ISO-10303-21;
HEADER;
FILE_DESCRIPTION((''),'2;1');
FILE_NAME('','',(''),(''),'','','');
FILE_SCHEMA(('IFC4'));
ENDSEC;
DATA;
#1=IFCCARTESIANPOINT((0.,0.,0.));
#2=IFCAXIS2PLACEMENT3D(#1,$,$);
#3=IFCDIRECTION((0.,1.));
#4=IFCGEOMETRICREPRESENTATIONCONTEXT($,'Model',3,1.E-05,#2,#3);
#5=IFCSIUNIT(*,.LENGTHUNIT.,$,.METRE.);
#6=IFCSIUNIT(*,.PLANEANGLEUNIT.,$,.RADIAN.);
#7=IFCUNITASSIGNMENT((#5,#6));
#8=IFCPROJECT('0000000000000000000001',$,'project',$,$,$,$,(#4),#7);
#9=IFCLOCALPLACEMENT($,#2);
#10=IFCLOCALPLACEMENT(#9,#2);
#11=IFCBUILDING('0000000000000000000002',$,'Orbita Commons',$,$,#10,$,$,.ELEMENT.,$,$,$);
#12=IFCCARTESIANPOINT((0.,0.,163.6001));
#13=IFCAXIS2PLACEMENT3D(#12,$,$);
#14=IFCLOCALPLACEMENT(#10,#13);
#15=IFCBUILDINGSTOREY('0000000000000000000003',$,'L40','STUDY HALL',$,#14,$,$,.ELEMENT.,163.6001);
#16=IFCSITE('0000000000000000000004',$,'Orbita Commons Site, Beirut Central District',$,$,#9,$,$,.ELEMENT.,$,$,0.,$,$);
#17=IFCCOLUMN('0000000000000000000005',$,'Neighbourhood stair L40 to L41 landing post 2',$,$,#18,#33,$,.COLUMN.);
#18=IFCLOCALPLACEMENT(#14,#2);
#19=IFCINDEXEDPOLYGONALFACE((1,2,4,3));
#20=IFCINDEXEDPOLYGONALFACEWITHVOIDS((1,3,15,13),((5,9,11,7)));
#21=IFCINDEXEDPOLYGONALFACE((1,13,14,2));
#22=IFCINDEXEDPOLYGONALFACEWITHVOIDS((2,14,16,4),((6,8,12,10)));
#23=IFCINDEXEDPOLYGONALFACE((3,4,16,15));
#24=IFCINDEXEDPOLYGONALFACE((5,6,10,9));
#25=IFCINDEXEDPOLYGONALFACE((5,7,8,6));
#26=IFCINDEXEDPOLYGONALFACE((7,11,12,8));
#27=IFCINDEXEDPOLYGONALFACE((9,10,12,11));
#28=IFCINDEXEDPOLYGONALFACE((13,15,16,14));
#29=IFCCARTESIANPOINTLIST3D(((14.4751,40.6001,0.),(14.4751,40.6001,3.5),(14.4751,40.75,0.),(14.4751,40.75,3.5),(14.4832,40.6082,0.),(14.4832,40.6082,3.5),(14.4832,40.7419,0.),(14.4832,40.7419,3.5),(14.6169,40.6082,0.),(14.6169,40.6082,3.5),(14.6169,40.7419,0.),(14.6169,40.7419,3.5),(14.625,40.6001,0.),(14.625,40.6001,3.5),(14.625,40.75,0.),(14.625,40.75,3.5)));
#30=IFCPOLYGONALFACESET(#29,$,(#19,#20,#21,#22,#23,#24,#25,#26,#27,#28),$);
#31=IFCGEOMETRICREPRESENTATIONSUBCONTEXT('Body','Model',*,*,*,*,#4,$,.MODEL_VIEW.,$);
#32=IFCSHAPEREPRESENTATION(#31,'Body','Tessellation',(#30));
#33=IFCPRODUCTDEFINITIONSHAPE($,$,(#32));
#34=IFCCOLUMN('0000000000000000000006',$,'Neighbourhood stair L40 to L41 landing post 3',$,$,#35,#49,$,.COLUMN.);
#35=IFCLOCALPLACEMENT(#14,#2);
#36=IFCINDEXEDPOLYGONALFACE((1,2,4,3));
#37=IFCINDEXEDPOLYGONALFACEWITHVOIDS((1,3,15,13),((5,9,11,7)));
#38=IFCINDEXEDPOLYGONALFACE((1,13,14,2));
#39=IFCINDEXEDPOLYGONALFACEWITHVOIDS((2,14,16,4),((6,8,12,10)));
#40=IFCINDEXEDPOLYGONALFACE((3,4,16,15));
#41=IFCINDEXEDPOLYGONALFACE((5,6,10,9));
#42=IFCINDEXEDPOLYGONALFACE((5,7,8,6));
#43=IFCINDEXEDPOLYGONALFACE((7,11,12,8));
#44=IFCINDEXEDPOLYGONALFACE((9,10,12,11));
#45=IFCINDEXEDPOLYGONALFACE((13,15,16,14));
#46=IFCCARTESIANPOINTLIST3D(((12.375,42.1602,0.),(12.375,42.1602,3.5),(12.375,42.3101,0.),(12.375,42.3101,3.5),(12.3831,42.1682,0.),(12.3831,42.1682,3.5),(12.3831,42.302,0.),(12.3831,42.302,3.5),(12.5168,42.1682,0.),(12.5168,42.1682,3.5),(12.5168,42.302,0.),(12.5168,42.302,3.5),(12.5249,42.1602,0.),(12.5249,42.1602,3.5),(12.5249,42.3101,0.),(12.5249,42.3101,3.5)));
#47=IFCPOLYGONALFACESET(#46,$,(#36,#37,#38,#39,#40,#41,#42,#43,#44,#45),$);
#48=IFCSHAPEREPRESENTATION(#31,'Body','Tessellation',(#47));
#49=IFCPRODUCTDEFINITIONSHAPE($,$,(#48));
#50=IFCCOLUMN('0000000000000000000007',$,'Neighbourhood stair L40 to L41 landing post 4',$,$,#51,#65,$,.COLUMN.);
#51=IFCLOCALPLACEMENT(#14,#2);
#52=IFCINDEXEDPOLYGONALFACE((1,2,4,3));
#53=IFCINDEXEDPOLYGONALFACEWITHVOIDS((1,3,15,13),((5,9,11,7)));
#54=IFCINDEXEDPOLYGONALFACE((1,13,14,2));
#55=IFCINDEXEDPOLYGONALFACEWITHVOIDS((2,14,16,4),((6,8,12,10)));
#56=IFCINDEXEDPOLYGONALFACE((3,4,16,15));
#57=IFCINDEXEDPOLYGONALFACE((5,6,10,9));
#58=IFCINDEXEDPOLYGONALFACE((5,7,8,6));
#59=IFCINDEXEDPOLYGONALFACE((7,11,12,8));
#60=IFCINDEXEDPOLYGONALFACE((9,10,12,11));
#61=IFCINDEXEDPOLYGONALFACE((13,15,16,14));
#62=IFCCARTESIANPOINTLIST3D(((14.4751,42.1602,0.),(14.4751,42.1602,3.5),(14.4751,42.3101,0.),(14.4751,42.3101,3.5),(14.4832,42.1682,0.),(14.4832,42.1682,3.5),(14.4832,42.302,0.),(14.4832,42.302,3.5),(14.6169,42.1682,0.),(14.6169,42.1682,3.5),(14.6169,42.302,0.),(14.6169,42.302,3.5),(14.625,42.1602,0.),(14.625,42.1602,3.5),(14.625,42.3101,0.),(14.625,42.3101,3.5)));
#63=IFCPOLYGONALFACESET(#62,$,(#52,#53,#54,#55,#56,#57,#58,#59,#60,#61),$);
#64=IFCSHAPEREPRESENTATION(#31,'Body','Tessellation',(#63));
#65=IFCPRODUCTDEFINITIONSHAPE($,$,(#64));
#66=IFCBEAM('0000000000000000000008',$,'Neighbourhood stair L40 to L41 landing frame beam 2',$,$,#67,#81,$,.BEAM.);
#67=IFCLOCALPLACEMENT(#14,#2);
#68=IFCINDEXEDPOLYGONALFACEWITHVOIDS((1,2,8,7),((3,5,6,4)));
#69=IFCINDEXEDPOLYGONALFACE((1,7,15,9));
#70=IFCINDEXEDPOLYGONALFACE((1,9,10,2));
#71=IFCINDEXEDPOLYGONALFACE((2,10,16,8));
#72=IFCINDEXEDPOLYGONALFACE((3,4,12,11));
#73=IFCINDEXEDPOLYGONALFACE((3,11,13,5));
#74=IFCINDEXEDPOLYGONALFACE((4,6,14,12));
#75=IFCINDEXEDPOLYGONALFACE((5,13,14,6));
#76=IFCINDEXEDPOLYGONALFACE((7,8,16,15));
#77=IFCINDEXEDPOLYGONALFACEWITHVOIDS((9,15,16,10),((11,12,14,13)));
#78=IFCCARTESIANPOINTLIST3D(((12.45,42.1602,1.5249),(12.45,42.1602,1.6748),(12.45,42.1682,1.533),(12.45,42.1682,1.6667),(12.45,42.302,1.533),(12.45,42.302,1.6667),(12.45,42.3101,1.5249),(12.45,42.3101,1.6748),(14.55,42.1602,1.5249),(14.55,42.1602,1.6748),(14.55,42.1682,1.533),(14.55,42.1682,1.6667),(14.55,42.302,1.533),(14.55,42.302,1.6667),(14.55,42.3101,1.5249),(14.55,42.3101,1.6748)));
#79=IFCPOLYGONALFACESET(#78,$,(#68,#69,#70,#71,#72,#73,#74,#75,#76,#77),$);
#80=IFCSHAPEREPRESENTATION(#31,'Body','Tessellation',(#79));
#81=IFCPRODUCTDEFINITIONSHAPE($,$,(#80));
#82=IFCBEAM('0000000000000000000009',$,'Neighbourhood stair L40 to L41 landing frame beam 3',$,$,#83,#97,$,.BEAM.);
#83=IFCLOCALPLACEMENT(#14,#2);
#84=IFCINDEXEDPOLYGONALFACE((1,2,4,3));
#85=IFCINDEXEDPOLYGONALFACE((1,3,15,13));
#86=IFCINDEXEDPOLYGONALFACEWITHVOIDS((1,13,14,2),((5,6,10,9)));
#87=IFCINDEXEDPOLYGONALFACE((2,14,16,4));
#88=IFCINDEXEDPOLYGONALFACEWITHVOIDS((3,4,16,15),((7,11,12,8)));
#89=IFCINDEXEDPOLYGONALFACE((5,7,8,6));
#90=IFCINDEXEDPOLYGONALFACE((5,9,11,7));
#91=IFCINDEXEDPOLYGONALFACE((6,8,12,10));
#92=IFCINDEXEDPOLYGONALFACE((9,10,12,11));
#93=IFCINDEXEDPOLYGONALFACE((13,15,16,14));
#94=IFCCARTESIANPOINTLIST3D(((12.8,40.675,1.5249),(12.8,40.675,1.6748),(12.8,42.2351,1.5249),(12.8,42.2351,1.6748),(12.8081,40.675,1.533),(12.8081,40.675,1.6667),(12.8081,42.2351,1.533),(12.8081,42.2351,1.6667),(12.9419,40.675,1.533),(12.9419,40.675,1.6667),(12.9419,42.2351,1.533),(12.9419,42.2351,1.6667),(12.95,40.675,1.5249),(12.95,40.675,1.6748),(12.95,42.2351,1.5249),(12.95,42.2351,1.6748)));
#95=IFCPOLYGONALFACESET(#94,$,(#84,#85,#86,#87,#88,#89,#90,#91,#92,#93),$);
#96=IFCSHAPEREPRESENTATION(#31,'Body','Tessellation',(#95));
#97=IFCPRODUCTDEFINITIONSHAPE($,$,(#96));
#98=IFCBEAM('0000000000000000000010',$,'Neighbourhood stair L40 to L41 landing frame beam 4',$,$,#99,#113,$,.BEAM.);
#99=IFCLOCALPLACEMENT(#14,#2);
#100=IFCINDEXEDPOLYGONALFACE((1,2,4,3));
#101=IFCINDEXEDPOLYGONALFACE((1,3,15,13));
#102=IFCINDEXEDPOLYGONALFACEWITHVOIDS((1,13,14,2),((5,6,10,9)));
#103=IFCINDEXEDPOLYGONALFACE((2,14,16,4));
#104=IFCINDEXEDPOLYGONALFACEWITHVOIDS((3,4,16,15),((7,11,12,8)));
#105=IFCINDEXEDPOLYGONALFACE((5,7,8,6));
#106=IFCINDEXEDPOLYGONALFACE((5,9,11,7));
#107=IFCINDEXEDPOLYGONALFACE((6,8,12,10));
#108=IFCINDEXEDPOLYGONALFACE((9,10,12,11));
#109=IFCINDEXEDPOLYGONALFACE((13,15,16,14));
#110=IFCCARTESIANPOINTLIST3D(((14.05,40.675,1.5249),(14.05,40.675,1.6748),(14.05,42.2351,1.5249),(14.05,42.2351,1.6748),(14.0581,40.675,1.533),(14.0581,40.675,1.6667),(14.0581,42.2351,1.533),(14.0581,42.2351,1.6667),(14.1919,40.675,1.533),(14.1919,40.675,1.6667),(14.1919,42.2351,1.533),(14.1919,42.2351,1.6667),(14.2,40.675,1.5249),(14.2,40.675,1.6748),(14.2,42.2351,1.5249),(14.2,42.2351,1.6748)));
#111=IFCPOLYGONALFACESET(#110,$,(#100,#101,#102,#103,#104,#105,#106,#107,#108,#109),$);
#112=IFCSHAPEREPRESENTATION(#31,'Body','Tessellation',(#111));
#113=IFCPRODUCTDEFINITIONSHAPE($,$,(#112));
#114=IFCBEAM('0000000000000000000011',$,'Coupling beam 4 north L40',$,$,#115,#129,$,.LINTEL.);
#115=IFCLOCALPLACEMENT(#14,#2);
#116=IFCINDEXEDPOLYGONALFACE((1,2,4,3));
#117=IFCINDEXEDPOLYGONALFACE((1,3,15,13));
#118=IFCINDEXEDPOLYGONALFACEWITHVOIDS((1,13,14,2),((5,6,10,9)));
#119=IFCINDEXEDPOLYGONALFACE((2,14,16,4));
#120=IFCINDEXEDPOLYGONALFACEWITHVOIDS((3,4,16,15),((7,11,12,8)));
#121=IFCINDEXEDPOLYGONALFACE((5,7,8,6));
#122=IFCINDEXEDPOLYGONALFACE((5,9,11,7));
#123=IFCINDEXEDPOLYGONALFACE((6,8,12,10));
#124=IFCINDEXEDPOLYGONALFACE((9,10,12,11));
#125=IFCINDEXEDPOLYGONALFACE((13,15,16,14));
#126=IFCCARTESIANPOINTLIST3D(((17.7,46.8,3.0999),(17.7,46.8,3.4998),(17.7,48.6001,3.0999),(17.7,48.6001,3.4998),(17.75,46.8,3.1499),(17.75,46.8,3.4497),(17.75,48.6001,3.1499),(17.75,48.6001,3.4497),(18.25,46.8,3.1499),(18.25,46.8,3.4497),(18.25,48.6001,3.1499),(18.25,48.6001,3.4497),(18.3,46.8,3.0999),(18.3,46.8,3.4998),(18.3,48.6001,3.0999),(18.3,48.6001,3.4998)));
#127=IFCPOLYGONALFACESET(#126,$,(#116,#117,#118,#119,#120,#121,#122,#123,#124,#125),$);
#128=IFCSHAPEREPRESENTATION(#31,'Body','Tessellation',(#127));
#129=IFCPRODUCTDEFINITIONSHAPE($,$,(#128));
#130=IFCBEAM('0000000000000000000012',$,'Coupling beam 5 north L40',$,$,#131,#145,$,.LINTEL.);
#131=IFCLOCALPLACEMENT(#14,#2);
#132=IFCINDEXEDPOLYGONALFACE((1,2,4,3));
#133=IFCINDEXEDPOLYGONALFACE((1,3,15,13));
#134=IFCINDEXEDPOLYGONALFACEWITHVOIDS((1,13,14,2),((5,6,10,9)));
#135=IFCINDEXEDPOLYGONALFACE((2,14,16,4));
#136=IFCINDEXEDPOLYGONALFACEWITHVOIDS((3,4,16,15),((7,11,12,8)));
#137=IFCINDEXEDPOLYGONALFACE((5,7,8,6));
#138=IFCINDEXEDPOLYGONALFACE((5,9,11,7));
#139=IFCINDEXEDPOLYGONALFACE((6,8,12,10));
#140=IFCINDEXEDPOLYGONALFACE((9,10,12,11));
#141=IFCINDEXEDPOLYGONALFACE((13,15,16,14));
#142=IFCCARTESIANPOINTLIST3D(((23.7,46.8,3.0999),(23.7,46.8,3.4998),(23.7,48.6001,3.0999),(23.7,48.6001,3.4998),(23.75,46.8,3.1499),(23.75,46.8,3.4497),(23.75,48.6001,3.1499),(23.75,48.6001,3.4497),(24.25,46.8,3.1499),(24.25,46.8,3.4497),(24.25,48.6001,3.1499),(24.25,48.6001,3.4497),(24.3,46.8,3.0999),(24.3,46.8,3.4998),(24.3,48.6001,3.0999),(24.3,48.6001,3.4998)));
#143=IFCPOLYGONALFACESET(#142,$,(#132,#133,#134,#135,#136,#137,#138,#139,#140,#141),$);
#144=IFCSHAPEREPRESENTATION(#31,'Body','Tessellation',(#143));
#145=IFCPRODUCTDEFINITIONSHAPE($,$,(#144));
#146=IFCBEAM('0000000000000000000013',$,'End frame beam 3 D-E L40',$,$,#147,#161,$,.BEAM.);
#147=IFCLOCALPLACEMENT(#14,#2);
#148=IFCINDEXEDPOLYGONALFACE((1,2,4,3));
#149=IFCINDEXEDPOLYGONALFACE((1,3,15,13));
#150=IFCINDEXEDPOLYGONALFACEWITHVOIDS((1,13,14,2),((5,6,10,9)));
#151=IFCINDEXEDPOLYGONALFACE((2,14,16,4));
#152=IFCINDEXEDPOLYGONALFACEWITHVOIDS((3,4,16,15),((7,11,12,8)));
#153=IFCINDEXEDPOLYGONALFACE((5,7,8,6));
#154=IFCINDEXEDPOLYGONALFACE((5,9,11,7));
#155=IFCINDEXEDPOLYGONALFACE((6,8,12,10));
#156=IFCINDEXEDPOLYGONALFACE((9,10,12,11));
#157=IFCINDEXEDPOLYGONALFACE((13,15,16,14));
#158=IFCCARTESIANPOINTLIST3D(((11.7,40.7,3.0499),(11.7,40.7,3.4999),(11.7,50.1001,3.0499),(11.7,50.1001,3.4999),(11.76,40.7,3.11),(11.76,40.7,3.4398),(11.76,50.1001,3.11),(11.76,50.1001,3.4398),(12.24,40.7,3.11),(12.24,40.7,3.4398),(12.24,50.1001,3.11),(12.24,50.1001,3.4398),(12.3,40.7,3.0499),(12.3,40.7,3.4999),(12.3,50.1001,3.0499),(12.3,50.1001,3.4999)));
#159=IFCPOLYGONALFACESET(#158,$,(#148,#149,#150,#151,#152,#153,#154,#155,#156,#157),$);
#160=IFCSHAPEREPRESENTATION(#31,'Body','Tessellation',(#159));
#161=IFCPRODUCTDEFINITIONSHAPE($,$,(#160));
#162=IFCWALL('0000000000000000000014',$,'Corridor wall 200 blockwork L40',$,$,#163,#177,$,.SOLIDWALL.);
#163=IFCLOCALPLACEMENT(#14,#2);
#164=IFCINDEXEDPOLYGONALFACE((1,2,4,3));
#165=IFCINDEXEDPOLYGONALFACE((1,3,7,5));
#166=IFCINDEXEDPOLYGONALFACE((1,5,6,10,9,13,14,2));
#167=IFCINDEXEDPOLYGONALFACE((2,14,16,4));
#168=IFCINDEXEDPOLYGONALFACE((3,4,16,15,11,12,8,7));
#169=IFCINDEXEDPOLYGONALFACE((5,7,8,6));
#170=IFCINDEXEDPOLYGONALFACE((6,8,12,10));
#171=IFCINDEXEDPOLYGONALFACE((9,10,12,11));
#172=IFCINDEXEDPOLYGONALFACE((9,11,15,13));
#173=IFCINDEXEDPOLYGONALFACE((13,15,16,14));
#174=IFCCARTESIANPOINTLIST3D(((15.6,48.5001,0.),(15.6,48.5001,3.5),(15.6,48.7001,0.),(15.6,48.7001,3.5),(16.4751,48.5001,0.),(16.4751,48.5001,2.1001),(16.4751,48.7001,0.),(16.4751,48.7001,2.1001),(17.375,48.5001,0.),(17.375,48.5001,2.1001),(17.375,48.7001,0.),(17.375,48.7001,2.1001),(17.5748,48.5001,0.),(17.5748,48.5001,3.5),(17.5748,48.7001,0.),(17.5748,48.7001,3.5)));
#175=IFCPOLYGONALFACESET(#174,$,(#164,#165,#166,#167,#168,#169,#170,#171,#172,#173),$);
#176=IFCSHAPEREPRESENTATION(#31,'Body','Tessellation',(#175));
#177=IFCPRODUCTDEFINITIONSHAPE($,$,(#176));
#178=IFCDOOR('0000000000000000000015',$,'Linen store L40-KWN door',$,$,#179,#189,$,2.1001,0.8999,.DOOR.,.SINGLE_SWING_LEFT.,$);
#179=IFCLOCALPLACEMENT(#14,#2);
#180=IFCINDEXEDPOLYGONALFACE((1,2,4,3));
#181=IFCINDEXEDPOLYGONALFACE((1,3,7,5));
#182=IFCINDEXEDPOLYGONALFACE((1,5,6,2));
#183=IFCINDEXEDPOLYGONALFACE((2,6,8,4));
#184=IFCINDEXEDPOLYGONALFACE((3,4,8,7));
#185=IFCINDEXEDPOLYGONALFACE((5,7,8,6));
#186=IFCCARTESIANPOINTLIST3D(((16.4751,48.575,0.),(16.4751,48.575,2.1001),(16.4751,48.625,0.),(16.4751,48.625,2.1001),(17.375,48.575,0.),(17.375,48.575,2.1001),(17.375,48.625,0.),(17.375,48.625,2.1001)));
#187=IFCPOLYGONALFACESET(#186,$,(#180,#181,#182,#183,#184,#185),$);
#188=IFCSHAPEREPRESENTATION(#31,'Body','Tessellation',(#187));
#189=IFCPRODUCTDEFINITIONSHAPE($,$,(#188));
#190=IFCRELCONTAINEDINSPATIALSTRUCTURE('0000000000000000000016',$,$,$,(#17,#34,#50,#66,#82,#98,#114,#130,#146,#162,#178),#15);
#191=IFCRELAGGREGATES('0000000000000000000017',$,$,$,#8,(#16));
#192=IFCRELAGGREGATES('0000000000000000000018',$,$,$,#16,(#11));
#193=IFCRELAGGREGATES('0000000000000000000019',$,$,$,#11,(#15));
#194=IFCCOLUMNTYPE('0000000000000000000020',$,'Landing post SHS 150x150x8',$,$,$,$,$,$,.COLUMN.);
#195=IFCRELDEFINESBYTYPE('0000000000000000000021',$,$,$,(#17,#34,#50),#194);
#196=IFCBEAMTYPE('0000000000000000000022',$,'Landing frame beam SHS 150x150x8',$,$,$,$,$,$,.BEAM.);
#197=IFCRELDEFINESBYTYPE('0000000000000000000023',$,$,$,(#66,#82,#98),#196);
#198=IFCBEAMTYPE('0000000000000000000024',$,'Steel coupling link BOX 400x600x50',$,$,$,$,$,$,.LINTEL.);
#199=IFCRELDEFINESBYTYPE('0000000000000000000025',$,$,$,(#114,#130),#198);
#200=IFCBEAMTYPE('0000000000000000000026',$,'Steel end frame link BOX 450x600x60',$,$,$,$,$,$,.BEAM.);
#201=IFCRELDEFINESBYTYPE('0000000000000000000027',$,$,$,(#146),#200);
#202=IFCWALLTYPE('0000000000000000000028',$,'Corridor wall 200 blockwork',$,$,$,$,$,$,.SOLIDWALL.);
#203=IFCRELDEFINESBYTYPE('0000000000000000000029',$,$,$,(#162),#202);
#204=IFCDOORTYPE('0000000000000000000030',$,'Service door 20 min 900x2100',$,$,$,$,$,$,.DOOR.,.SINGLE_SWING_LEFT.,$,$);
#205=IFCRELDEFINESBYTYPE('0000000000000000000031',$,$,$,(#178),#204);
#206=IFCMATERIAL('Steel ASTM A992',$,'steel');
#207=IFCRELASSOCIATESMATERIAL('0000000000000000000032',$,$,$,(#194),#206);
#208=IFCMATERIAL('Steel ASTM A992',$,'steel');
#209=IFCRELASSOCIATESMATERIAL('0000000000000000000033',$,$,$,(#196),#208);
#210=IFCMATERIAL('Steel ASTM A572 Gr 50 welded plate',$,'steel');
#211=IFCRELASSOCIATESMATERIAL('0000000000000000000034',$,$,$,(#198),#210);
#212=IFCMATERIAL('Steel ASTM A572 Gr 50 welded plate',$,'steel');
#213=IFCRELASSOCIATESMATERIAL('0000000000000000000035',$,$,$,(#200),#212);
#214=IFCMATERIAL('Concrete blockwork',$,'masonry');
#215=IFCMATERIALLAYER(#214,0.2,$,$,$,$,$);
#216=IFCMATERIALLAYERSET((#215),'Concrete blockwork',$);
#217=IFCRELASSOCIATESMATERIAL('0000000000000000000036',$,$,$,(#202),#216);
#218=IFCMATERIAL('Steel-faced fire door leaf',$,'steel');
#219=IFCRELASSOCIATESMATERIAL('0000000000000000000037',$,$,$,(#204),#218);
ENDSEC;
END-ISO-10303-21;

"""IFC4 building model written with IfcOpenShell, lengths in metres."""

from ifc_helpers import new_model, si_unit, direction, frame, frame_2d, origin, origin_2d, place, context, subcontext, project, spatial, rectangle, hollow_rectangle, extrude, material, layer, layer_set, material_profile, profile_set, type_object, element, fill, save


model = new_model("IFC4")

# Units and contexts
model_context = context("Model", 3, precision=1e-05, world=origin(), true_north=direction((0.0, 1.0)))
body_context = subcontext(model_context, "Body", "Model", "MODEL_VIEW")
ifc_project = project(units=[si_unit("LENGTHUNIT", "METRE"), si_unit("PLANEANGLEUNIT", "RADIAN")], contexts=[model_context])

# Site, building, storey
site_placement = place(None, origin())
site = spatial("IfcSite", under=ifc_project, at=site_placement, Name="Orbita Commons Site, Beirut Central District", CompositionType="ELEMENT", RefElevation=0.0)
building_placement = place(site_placement, origin())
building = spatial("IfcBuilding", under=site, at=building_placement, Name="Orbita Commons", CompositionType="ELEMENT")
storey_placement = place(building_placement, frame((0.0, 0.0, 163.6001)))
storey = spatial("IfcBuildingStorey", under=building, at=storey_placement, Name="L40", Description="STUDY HALL", CompositionType="ELEMENT", Elevation=163.6001)

# Columns
ifc_material_1 = material(Name="Steel ASTM A992", Category="steel")
ifc_material_profile_1 = material_profile(ifc_material_1, hollow_rectangle(XDim=0.1499, YDim=0.1499, WallThickness=0.0081, at=origin_2d()), Name="SHS 150x150x8")
ifc_profile_set_1 = profile_set([ifc_material_profile_1], Name="Steel ASTM A992")
column_type = type_object("IfcColumnType", Name="Landing post SHS 150x150x8", PredefinedType="COLUMN", material=ifc_profile_set_1)
for number, where, z_axis, x_axis, name in (
    (1, (14.55, 40.675, 0.0), (0.0, 0.0, 1.0), (1.0, 0.0, 0.0), "Neighbourhood stair L40 to L41 landing post 2"),
    (2, (12.45, 42.2351, 0.0), (0.0, 0.0, 1.0), (1.0, 0.0, 0.0), "Neighbourhood stair L40 to L41 landing post 3"),
    (3, (14.55, 42.2351, 0.0), (0.0, 0.0, 1.0), (1.0, 0.0, 0.0), "Neighbourhood stair L40 to L41 landing post 4"),
):
    element("IfcColumn", number, at=place(storey_placement, frame(where, z_axis=z_axis, x_axis=x_axis)), inside=storey, type_object=column_type, Name=name, PredefinedType="COLUMN", context=body_context, shape_type="SweptSolid", body=[
        extrude(hollow_rectangle(XDim=0.1499, YDim=0.1499, WallThickness=0.0081, at=origin_2d()), origin(), (0.0, 0.0, 1.0), 3.5),
    ])

# Beams
ifc_material_2 = material(Name="Steel ASTM A992", Category="steel")
ifc_material_profile_2 = material_profile(ifc_material_2, hollow_rectangle(XDim=0.1499, YDim=0.1499, WallThickness=0.0081, at=origin_2d()), Name="SHS 150x150x8")
ifc_profile_set_2 = profile_set([ifc_material_profile_2], Name="Steel ASTM A992")
beam_type_1 = type_object("IfcBeamType", Name="Landing frame beam SHS 150x150x8", PredefinedType="BEAM", material=ifc_profile_set_2)
beam_1_placement = place(storey_placement, frame((12.45, 42.2351, 1.5999), z_axis=(1.0, 0.0, 0.0), x_axis=(0.0, 1.0, 0.0)))
element("IfcBeam", 4, at=beam_1_placement, inside=storey, type_object=beam_type_1, Name="Neighbourhood stair L40 to L41 landing frame beam 2", PredefinedType="BEAM", context=body_context, shape_type="SweptSolid", body=[
    extrude(hollow_rectangle(XDim=0.1499, YDim=0.1499, WallThickness=0.0081, at=origin_2d()), origin(), (0.0, 0.0, 1.0), 2.1001),
])
for number, where, z_axis, x_axis, name in (
    (5, (12.875, 40.675, 1.5999), (0.0, 1.0, 0.0), (-1.0, 0.0, 0.0), "Neighbourhood stair L40 to L41 landing frame beam 3"),
    (6, (14.125, 40.675, 1.5999), (0.0, 1.0, 0.0), (-1.0, 0.0, 0.0), "Neighbourhood stair L40 to L41 landing frame beam 4"),
):
    element("IfcBeam", number, at=place(storey_placement, frame(where, z_axis=z_axis, x_axis=x_axis)), inside=storey, type_object=beam_type_1, Name=name, PredefinedType="BEAM", context=body_context, shape_type="SweptSolid", body=[
        extrude(hollow_rectangle(XDim=0.1499, YDim=0.1499, WallThickness=0.0081, at=origin_2d()), origin(), (0.0, 0.0, 1.0), 1.5601),
    ])
ifc_material_3 = material(Name="Steel ASTM A572 Gr 50 welded plate", Category="steel")
ifc_material_profile_3 = material_profile(ifc_material_3, hollow_rectangle(XDim=0.6001, YDim=0.3999, WallThickness=0.05, at=origin_2d()), Name="BOX 400x600x50")
ifc_profile_set_3 = profile_set([ifc_material_profile_3], Name="Steel ASTM A572 Gr 50 welded plate")
beam_type_2 = type_object("IfcBeamType", Name="Steel coupling link BOX 400x600x50", PredefinedType="LINTEL", material=ifc_profile_set_3)
for number, where, z_axis, x_axis, name in (
    (7, (18.0, 46.8, 3.2998), (0.0, 1.0, 0.0), (-1.0, 0.0, 0.0), "Coupling beam 4 north L40"),
    (8, (24.0, 46.8, 3.2998), (0.0, 1.0, 0.0), (-1.0, 0.0, 0.0), "Coupling beam 5 north L40"),
):
    element("IfcBeam", number, at=place(storey_placement, frame(where, z_axis=z_axis, x_axis=x_axis)), inside=storey, type_object=beam_type_2, Name=name, PredefinedType="LINTEL", context=body_context, shape_type="SweptSolid", body=[
        extrude(hollow_rectangle(XDim=0.6001, YDim=0.3999, WallThickness=0.05, at=origin_2d()), origin(), (0.0, 0.0, 1.0), 1.8),
    ])
ifc_material_4 = material(Name="Steel ASTM A572 Gr 50 welded plate", Category="steel")
ifc_material_profile_4 = material_profile(ifc_material_4, hollow_rectangle(XDim=0.6001, YDim=0.45, WallThickness=0.0601, at=origin_2d()), Name="BOX 450x600x60")
ifc_profile_set_4 = profile_set([ifc_material_profile_4], Name="Steel ASTM A572 Gr 50 welded plate")
beam_type_3 = type_object("IfcBeamType", Name="Steel end frame link BOX 450x600x60", PredefinedType="BEAM", material=ifc_profile_set_4)
beam_2_placement = place(storey_placement, frame((12.0, 40.7, 3.2749), z_axis=(0.0, 1.0, 0.0), x_axis=(-1.0, 0.0, 0.0)))
element("IfcBeam", 9, at=beam_2_placement, inside=storey, type_object=beam_type_3, Name="End frame beam 3 D-E L40", PredefinedType="BEAM", context=body_context, shape_type="SweptSolid", body=[
    extrude(hollow_rectangle(XDim=0.6001, YDim=0.45, WallThickness=0.0601, at=origin_2d()), origin(), (0.0, 0.0, 1.0), 9.4001),
])

# Wall, opening, door
ifc_material_5 = material(Name="Concrete blockwork", Category="masonry")
ifc_layer_1 = layer(ifc_material_5, 0.2)
ifc_layer_set_1 = layer_set([ifc_layer_1], Name="Concrete blockwork")
wall_type_1 = type_object("IfcWallType", Name="Corridor wall 200 blockwork", PredefinedType="SOLIDWALL", material=ifc_layer_set_1)
wall_1_placement = place(storey_placement, frame((15.6001, 48.6001, 0.0), z_axis=(0.0, 0.0, 1.0), x_axis=(1.0, 0.0, 0.0)))
wall_1 = element("IfcWall", 10, at=wall_1_placement, inside=storey, type_object=wall_type_1, Name="Corridor wall 200 blockwork L40", PredefinedType="SOLIDWALL", context=body_context, shape_type="SweptSolid", body=[
    extrude(rectangle(XDim=1.9749, YDim=0.2, at=frame_2d((0.9873, 0.0))), origin(), (0.0, 0.0, 1.0), 3.5),
])
opening_1_placement = place(wall_1_placement, frame((0.875, 0.0, 0.0)))
opening_1 = element("IfcOpeningElement", 11, at=opening_1_placement, cuts=wall_1, PredefinedType="OPENING", context=body_context, shape_type="SweptSolid", body=[
    extrude(rectangle(XDim=0.8999, YDim=2.1001, at=frame_2d((0.45, 1.05))), frame((0.0, 0.1099, 0.0), z_axis=(0.0, -1.0, 0.0), x_axis=(1.0, 0.0, 0.0)), (0.0, 0.0, 1.0), 0.22),
])
ifc_material_6 = material(Name="Steel-faced fire door leaf", Category="steel")
door_type_1 = type_object("IfcDoorType", Name="Service door 20 min 900x2100", OperationType="SINGLE_SWING_LEFT", PredefinedType="DOOR", material=ifc_material_6)
door_1_placement = place(opening_1_placement, origin())
door_1 = element("IfcDoor", 12, at=door_1_placement, inside=storey, type_object=door_type_1, Name="Linen store L40-KWN door", OperationType="SINGLE_SWING_LEFT", OverallHeight=2.1001, OverallWidth=0.8999, PredefinedType="DOOR", context=body_context, shape_type="SweptSolid", body=[
    extrude(rectangle(XDim=0.8999, YDim=2.1001, at=frame_2d((0.45, 1.05))), frame((0.0, 0.0249, 0.0), z_axis=(0.0, -1.0, 0.0), x_axis=(1.0, 0.0, 0.0)), (0.0, 0.0, 1.0), 0.05),
])
fill(opening_1, door_1)

save(model, "model.ifc")
